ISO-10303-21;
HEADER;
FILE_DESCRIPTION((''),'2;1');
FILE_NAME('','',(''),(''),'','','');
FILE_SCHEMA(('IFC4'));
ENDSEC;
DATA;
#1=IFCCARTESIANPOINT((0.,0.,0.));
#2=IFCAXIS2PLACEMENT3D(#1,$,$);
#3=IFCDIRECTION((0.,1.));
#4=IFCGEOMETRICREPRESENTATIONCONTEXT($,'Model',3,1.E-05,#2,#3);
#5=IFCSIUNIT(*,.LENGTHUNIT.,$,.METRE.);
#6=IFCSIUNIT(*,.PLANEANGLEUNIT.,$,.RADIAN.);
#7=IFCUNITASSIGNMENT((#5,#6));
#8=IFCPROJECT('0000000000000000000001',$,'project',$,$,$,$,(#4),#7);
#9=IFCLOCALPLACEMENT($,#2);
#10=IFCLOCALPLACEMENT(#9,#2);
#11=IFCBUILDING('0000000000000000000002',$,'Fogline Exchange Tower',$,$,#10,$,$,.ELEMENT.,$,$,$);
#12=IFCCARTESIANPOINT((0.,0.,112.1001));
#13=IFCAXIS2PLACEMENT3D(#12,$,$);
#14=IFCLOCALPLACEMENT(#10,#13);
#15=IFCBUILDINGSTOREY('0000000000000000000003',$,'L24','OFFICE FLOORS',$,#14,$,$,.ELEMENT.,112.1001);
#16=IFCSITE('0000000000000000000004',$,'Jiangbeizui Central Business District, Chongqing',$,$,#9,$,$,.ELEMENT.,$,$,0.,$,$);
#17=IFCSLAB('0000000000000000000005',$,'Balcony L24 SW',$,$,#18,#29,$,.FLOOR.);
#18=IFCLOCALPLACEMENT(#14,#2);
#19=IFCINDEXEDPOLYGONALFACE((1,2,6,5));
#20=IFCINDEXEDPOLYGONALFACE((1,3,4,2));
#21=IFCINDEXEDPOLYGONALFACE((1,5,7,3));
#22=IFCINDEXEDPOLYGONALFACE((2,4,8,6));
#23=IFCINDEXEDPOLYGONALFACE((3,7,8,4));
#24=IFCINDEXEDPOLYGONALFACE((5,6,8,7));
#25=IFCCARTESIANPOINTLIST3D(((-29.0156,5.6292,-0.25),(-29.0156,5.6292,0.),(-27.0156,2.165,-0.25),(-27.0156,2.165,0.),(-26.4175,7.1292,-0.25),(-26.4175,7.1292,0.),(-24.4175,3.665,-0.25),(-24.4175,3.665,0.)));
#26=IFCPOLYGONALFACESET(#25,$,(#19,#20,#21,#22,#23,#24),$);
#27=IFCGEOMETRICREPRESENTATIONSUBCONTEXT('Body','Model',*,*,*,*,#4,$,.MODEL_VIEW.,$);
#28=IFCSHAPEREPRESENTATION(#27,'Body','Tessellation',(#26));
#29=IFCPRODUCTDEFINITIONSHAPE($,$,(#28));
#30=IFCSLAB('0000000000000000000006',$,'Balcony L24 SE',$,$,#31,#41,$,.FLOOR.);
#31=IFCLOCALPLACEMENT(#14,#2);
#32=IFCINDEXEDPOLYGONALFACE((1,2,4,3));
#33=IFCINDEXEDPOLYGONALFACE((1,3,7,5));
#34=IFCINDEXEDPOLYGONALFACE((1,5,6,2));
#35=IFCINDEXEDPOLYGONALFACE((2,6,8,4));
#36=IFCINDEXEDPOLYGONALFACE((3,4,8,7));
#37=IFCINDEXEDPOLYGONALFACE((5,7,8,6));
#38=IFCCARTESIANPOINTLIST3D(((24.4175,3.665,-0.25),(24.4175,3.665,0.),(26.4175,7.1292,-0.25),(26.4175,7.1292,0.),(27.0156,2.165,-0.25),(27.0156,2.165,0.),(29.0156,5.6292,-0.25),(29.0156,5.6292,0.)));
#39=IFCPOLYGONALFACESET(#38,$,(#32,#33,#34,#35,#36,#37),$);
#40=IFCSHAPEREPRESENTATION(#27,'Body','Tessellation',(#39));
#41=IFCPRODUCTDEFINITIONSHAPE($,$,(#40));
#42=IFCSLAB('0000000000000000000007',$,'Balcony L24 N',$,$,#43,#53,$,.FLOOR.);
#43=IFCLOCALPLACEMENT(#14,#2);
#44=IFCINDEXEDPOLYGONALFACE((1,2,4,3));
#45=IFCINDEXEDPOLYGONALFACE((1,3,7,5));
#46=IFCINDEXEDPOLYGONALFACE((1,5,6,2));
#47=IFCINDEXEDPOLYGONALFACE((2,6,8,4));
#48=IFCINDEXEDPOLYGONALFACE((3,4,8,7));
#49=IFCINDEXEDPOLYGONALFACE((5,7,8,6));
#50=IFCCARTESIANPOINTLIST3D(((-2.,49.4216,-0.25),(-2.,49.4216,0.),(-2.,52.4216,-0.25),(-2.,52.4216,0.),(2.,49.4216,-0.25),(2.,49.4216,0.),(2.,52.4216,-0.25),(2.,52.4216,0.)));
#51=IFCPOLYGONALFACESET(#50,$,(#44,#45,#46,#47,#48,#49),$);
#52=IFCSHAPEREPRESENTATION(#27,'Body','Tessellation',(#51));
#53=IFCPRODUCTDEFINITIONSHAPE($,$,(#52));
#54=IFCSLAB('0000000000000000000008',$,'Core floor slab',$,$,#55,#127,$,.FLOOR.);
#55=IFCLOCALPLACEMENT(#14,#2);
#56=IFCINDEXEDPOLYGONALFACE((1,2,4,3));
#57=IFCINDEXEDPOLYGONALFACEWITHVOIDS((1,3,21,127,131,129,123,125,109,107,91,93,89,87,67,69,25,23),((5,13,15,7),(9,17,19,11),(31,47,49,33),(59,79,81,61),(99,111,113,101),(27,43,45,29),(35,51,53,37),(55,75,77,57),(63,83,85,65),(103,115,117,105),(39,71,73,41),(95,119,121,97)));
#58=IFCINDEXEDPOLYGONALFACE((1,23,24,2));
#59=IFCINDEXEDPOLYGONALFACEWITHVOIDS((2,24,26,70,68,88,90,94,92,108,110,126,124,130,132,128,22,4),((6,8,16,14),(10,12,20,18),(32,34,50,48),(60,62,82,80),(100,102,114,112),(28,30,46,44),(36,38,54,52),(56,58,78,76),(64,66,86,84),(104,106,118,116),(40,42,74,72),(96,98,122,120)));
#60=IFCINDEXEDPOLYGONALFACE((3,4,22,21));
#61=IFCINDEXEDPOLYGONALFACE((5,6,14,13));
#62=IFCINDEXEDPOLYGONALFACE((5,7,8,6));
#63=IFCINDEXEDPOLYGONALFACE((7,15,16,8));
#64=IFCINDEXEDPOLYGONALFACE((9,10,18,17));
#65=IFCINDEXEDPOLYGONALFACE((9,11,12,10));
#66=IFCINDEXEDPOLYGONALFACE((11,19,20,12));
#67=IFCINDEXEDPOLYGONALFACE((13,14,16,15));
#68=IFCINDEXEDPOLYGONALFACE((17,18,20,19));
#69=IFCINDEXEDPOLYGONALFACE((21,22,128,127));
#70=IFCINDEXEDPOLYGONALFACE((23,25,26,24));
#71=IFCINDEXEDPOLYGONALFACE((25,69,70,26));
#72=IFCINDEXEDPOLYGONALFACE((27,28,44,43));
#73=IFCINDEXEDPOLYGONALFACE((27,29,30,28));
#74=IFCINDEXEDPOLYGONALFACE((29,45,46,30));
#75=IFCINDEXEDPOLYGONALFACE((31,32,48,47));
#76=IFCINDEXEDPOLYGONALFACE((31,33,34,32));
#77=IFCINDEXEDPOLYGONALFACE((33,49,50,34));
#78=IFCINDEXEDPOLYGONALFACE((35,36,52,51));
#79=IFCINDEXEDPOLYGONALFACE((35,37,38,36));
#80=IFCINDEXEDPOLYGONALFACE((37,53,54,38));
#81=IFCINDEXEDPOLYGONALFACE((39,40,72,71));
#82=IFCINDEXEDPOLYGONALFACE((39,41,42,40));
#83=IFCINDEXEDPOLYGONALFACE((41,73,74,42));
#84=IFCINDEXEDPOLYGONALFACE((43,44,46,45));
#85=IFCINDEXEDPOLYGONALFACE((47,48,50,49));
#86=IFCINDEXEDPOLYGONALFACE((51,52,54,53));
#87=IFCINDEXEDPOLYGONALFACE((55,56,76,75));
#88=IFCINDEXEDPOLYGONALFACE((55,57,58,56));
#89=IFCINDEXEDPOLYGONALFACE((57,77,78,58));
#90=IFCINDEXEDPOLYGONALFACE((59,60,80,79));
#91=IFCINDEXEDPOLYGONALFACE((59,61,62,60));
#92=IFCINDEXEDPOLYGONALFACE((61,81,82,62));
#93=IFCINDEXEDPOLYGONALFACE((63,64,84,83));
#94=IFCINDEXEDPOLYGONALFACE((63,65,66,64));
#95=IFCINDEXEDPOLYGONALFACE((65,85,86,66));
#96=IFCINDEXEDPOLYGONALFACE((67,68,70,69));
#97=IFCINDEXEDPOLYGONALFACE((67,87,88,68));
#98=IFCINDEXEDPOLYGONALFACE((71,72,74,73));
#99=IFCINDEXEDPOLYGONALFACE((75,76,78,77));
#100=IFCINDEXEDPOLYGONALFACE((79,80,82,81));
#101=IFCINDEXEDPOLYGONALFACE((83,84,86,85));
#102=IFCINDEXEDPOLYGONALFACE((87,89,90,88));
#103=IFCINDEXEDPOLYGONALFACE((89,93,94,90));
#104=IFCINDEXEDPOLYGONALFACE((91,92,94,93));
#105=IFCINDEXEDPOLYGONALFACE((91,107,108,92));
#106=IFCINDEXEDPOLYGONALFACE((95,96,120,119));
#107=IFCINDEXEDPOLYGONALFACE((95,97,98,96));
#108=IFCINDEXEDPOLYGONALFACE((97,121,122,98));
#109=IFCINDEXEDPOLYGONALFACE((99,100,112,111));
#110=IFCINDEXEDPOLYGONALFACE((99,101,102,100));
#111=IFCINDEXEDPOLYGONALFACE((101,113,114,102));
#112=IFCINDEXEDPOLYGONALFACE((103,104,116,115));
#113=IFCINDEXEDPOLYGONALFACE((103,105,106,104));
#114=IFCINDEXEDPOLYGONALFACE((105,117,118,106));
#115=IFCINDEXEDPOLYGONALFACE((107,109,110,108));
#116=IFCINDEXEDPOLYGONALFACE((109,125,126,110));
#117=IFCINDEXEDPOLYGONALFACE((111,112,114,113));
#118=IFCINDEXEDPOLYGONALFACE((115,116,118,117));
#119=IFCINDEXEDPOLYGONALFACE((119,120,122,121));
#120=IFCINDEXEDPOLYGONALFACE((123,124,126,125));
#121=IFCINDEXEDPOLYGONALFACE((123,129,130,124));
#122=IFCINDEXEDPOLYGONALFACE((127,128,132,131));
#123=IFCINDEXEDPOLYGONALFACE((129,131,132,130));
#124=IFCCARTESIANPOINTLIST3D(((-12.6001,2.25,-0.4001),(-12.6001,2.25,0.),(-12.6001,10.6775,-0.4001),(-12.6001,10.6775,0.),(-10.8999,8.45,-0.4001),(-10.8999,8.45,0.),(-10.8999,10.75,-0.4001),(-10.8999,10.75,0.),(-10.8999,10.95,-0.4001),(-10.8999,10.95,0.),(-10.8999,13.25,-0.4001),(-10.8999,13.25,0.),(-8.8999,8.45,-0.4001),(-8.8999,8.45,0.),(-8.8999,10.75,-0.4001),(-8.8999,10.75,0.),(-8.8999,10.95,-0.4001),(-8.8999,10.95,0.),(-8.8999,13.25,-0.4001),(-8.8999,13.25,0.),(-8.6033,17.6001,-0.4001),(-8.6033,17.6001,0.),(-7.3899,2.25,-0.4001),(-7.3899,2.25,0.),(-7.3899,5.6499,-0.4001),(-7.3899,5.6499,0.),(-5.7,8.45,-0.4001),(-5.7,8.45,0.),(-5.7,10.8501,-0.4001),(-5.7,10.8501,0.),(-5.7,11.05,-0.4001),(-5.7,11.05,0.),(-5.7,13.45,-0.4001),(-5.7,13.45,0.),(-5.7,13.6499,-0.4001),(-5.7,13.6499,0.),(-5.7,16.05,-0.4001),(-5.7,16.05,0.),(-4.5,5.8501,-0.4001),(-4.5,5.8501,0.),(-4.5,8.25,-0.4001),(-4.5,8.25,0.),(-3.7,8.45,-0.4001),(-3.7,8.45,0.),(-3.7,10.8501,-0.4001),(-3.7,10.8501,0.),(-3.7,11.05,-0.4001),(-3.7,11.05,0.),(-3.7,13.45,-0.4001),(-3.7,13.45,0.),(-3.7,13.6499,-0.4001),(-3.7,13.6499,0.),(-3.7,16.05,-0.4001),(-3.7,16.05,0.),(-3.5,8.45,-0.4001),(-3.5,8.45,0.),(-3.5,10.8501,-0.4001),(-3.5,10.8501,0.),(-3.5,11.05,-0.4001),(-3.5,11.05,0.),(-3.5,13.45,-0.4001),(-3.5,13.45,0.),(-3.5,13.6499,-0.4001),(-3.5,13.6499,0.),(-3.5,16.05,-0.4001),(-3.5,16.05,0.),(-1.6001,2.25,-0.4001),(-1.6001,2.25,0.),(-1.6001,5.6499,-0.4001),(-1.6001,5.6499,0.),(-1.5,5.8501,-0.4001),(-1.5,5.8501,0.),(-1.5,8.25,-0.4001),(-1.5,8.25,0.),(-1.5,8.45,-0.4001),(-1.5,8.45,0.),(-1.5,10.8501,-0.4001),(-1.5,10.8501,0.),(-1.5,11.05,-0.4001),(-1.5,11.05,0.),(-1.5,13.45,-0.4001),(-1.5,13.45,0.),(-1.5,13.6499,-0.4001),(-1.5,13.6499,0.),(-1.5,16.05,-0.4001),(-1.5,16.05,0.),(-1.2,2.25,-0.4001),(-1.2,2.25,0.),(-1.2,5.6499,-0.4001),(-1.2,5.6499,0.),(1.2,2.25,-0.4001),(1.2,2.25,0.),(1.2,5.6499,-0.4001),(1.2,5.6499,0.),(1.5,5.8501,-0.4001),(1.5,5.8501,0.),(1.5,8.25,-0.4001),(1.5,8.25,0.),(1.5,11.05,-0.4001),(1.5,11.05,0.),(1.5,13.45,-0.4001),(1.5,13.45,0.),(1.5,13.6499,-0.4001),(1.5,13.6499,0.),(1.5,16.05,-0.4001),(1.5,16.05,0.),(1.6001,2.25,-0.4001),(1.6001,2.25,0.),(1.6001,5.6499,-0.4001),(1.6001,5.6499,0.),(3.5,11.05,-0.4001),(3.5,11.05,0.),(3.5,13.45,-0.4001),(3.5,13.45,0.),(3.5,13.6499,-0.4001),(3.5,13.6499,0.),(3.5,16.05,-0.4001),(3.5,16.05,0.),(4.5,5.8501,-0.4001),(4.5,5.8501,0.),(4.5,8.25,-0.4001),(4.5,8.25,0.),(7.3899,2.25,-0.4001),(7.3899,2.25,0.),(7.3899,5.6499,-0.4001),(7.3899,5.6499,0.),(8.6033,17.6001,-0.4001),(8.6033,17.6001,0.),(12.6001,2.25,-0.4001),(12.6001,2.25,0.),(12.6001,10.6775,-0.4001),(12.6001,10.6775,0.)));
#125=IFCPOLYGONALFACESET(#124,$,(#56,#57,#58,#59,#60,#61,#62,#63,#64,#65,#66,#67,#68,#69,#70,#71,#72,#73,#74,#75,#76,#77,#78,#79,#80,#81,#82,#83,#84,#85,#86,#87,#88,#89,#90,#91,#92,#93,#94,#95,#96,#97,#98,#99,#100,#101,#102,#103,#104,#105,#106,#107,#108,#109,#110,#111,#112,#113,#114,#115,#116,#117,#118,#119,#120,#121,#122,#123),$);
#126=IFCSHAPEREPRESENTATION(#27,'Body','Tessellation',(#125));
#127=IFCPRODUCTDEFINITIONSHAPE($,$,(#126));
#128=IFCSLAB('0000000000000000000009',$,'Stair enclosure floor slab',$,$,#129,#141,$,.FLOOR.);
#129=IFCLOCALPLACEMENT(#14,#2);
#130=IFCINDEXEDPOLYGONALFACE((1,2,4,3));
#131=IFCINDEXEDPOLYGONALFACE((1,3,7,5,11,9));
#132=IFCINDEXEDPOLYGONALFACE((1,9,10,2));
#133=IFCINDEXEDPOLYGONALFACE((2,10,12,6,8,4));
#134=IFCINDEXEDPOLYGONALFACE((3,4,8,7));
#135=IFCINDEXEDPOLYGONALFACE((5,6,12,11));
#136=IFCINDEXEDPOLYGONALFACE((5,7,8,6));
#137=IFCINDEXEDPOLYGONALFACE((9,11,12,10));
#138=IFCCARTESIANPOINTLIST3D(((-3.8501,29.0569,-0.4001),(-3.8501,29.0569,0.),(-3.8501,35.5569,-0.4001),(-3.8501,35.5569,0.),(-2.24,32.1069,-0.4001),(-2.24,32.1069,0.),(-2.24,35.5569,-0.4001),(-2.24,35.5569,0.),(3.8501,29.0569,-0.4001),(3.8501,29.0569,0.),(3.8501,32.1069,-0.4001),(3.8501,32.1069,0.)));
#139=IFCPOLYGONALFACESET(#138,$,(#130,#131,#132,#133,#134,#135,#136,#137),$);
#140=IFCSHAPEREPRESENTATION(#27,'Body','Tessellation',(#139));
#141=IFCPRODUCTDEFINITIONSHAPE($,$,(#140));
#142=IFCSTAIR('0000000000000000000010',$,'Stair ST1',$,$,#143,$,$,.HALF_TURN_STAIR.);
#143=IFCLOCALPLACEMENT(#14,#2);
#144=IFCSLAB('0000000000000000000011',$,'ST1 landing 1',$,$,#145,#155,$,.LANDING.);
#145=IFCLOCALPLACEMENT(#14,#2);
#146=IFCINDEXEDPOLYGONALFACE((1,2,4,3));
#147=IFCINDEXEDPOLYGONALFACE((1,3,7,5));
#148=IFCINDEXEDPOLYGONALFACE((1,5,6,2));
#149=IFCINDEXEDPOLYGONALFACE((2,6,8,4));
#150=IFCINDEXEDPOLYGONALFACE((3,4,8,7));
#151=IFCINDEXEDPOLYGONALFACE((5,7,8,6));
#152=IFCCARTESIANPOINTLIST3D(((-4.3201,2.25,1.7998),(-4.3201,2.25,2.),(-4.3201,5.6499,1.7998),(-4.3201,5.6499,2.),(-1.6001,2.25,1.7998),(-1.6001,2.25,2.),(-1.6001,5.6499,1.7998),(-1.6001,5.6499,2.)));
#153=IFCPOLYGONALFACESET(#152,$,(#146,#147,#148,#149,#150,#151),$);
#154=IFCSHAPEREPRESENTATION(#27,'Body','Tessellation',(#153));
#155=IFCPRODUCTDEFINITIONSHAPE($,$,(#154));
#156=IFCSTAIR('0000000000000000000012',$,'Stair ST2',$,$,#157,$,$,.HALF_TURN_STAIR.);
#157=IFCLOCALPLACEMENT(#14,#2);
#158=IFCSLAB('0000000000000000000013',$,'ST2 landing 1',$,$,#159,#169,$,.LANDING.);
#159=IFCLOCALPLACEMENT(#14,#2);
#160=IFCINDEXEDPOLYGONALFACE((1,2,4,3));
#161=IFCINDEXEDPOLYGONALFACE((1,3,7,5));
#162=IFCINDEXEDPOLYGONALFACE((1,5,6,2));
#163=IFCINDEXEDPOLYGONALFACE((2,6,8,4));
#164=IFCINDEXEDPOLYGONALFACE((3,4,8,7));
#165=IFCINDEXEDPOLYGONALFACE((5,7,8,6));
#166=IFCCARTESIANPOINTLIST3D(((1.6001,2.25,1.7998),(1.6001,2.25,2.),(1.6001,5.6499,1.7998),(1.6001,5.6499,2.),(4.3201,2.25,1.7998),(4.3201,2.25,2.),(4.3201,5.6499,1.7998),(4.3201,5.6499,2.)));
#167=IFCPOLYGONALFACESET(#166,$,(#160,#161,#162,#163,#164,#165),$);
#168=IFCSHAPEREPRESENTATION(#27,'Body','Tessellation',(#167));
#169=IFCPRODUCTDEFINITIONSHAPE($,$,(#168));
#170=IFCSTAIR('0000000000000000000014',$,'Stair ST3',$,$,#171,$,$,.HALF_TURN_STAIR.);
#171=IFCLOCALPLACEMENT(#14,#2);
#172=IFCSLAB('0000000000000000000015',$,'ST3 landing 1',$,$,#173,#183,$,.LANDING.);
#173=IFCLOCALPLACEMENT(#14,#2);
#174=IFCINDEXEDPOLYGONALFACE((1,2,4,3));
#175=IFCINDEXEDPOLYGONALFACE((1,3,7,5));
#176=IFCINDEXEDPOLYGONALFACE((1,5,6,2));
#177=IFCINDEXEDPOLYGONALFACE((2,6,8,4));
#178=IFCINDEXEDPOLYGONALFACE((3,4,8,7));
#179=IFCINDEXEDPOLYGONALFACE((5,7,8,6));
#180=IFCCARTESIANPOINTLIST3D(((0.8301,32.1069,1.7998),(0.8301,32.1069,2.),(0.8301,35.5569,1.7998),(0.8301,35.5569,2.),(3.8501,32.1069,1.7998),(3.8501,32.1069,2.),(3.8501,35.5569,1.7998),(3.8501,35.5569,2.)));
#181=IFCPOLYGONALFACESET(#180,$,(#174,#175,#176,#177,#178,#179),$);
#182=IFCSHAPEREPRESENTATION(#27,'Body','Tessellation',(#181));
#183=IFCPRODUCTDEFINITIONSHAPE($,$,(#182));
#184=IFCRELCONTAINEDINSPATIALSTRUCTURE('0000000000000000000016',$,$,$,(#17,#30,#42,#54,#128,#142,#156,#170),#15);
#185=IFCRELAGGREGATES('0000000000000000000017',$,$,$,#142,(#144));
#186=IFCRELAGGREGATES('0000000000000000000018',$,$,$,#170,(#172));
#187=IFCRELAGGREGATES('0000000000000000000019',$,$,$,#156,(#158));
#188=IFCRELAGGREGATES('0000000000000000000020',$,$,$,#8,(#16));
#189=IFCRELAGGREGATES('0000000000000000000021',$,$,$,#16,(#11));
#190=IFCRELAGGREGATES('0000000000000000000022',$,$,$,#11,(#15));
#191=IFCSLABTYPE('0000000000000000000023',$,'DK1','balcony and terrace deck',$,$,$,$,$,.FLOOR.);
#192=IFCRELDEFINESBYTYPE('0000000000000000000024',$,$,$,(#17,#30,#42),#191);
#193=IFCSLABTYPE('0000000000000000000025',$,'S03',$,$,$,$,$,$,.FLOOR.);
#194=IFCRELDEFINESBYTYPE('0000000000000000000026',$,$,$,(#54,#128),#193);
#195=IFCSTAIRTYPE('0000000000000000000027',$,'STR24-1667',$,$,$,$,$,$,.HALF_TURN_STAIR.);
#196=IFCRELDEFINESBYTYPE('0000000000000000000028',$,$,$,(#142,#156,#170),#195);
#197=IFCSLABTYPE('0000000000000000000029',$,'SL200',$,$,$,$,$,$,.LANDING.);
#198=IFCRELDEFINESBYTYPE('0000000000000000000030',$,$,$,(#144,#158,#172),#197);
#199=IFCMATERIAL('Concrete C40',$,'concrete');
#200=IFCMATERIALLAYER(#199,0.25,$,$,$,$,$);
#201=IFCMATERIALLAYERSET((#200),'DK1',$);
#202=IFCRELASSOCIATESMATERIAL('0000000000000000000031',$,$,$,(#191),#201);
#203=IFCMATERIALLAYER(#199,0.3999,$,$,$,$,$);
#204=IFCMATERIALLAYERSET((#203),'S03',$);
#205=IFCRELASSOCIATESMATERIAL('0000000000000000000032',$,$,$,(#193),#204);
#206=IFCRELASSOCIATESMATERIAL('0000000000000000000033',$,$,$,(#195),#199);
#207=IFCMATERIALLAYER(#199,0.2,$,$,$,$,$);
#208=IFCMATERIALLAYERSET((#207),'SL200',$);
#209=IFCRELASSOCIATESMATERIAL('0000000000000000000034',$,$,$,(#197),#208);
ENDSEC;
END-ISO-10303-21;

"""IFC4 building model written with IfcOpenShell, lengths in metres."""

from ifc_helpers import new_model, si_unit, direction, frame, origin, place, context, subcontext, project, spatial, polyline, outline, extrude, material, layer, layer_set, type_object, element, aggregate, save


model = new_model("IFC4")

# Units and contexts
model_context = context("Model", 3, precision=1e-05, world=origin(), true_north=direction((0.0, 1.0)))
body_context = subcontext(model_context, "Body", "Model", "MODEL_VIEW")
ifc_project = project(units=[si_unit("LENGTHUNIT", "METRE"), si_unit("PLANEANGLEUNIT", "RADIAN")], contexts=[model_context])

# Site, building, storey
site_placement = place(None, origin())
site = spatial("IfcSite", under=ifc_project, at=site_placement, Name="Jiangbeizui Central Business District, Chongqing", CompositionType="ELEMENT", RefElevation=0.0)
building_placement = place(site_placement, origin())
building = spatial("IfcBuilding", under=site, at=building_placement, Name="Fogline Exchange Tower", CompositionType="ELEMENT")
storey_placement = place(building_placement, frame((0.0, 0.0, 112.1001)))
storey = spatial("IfcBuildingStorey", under=building, at=storey_placement, Name="L24", Description="OFFICE FLOORS", CompositionType="ELEMENT", Elevation=112.1001)

# Slabs
ifc_material_1 = material(Name="Concrete C40", Category="concrete")
ifc_layer_1 = layer(ifc_material_1, 0.25)
ifc_layer_set_1 = layer_set([ifc_layer_1], Name="DK1")
slab_type_1 = type_object("IfcSlabType", Name="DK1", Description="balcony and terrace deck", PredefinedType="FLOOR", material=ifc_layer_set_1)
slab_1_placement = place(storey_placement, frame((0.0, 0.0, -0.25)))
element("IfcSlab", 1, at=slab_1_placement, inside=storey, type_object=slab_type_1, Name="Balcony L24 SW", PredefinedType="FLOOR", context=body_context, shape_type="SweptSolid", body=[
    extrude(outline(polyline([(-29.0156, 5.6292), (-27.0156, 2.165), (-24.4175, 3.665), (-26.4175, 7.1292), (-29.0156, 5.6292)])), origin(), (0.0, 0.0, 1.0), 0.25),
])
slab_2_placement = place(storey_placement, frame((0.0, 0.0, -0.25)))
element("IfcSlab", 2, at=slab_2_placement, inside=storey, type_object=slab_type_1, Name="Balcony L24 SE", PredefinedType="FLOOR", context=body_context, shape_type="SweptSolid", body=[
    extrude(outline(polyline([(27.0156, 2.165), (29.0156, 5.6292), (26.4175, 7.1292), (24.4175, 3.665), (27.0156, 2.165)])), origin(), (0.0, 0.0, 1.0), 0.25),
])
slab_3_placement = place(storey_placement, frame((0.0, 0.0, -0.25)))
element("IfcSlab", 3, at=slab_3_placement, inside=storey, type_object=slab_type_1, Name="Balcony L24 N", PredefinedType="FLOOR", context=body_context, shape_type="SweptSolid", body=[
    extrude(outline(polyline([(2.0, 52.4216), (-2.0, 52.4216), (-2.0, 49.4216), (2.0, 49.4216), (2.0, 52.4216)])), origin(), (0.0, 0.0, 1.0), 0.25),
])
ifc_layer_2 = layer(ifc_material_1, 0.3999)
ifc_layer_set_2 = layer_set([ifc_layer_2], Name="S03")
slab_type_2 = type_object("IfcSlabType", Name="S03", PredefinedType="FLOOR", material=ifc_layer_set_2)
slab_4_placement = place(storey_placement, frame((0.0, 0.0, -0.4001)))
element("IfcSlab", 4, at=slab_4_placement, inside=storey, type_object=slab_type_2, Name="Core floor slab", PredefinedType="FLOOR", context=body_context, shape_type="SweptSolid", body=[
    extrude(outline(polyline([(-12.6001, 2.25), (-12.6001, 10.6775), (-8.6033, 17.6001), (8.6033, 17.6001), (12.6001, 10.6775), (12.6001, 2.25), (7.3899, 2.25), (7.3899, 5.6499), (1.6001, 5.6499), (1.6001, 2.25), (1.2, 2.25), (1.2, 5.6499), (-1.2, 5.6499), (-1.2, 2.25), (-1.6001, 2.25), (-1.6001, 5.6499), (-7.3899, 5.6499), (-7.3899, 2.25), (-12.6001, 2.25)]), holes=[polyline([(-1.5, 8.25), (-4.5, 8.25), (-4.5, 5.8501), (-1.5, 5.8501), (-1.5, 8.25)]), polyline([(-8.8999, 10.75), (-10.8999, 10.75), (-10.8999, 8.45), (-8.8999, 8.45), (-8.8999, 10.75)]), polyline([(-3.7, 10.8501), (-5.7, 10.8501), (-5.7, 8.45), (-3.7, 8.45), (-3.7, 10.8501)]), polyline([(-1.5, 10.8501), (-3.5, 10.8501), (-3.5, 8.45), (-1.5, 8.45), (-1.5, 10.8501)]), polyline([(-8.8999, 13.25), (-10.8999, 13.25), (-10.8999, 10.95), (-8.8999, 10.95), (-8.8999, 13.25)]), polyline([(-3.7, 13.45), (-5.7, 13.45), (-5.7, 11.05), (-3.7, 11.05), (-3.7, 13.45)]), polyline([(-3.7, 16.05), (-5.7, 16.05), (-5.7, 13.6499), (-3.7, 13.6499), (-3.7, 16.05)]), polyline([(4.5, 8.25), (1.5, 8.25), (1.5, 5.8501), (4.5, 5.8501), (4.5, 8.25)]), polyline([(-1.5, 13.45), (-3.5, 13.45), (-3.5, 11.05), (-1.5, 11.05), (-1.5, 13.45)]), polyline([(3.5, 13.45), (1.5, 13.45), (1.5, 11.05), (3.5, 11.05), (3.5, 13.45)]), polyline([(-1.5, 16.05), (-3.5, 16.05), (-3.5, 13.6499), (-1.5, 13.6499), (-1.5, 16.05)]), polyline([(3.5, 16.05), (1.5, 16.05), (1.5, 13.6499), (3.5, 13.6499), (3.5, 16.05)])]), origin(), (0.0, 0.0, 1.0), 0.4001),
])
slab_5_placement = place(storey_placement, frame((0.0, 0.0, -0.4001)))
element("IfcSlab", 5, at=slab_5_placement, inside=storey, type_object=slab_type_2, Name="Stair enclosure floor slab", PredefinedType="FLOOR", context=body_context, shape_type="SweptSolid", body=[
    extrude(outline(polyline([(3.8501, 29.0569), (-3.8501, 29.0569), (-3.8501, 35.5569), (-2.24, 35.5569), (-2.24, 32.1069), (3.8501, 32.1069), (3.8501, 29.0569)])), origin(), (0.0, 0.0, 1.0), 0.4001),
])

# Stairs, slabs
stair_type = type_object("IfcStairType", Name="STR24-1667", PredefinedType="HALF_TURN_STAIR", material=ifc_material_1)
stair_1_placement = place(storey_placement, origin())
stair_1 = element("IfcStair", 6, at=stair_1_placement, inside=storey, type_object=stair_type, Name="Stair ST1", PredefinedType="HALF_TURN_STAIR")
ifc_layer_3 = layer(ifc_material_1, 0.2)
ifc_layer_set_3 = layer_set([ifc_layer_3], Name="SL200")
slab_type_3 = type_object("IfcSlabType", Name="SL200", PredefinedType="LANDING", material=ifc_layer_set_3)
slab_6_placement = place(storey_placement, frame((0.0, 0.0, 1.7998)))
slab_6 = element("IfcSlab", 7, at=slab_6_placement, type_object=slab_type_3, Name="ST1 landing 1", PredefinedType="LANDING", context=body_context, shape_type="SweptSolid", body=[
    extrude(outline(polyline([(-4.3201, 2.25), (-1.6001, 2.25), (-1.6001, 5.6499), (-4.3201, 5.6499), (-4.3201, 2.25)])), origin(), (0.0, 0.0, 1.0), 0.2002),
])
aggregate(stair_1, [slab_6])
stair_2_placement = place(storey_placement, origin())
stair_2 = element("IfcStair", 8, at=stair_2_placement, inside=storey, type_object=stair_type, Name="Stair ST2", PredefinedType="HALF_TURN_STAIR")
slab_7_placement = place(storey_placement, frame((0.0, 0.0, 1.7998)))
slab_7 = element("IfcSlab", 9, at=slab_7_placement, type_object=slab_type_3, Name="ST2 landing 1", PredefinedType="LANDING", context=body_context, shape_type="SweptSolid", body=[
    extrude(outline(polyline([(1.6001, 2.25), (4.3201, 2.25), (4.3201, 5.6499), (1.6001, 5.6499), (1.6001, 2.25)])), origin(), (0.0, 0.0, 1.0), 0.2002),
])
stair_3_placement = place(storey_placement, origin())
stair_3 = element("IfcStair", 10, at=stair_3_placement, inside=storey, type_object=stair_type, Name="Stair ST3", PredefinedType="HALF_TURN_STAIR")
slab_8_placement = place(storey_placement, frame((0.0, 0.0, 1.7998)))
slab_8 = element("IfcSlab", 11, at=slab_8_placement, type_object=slab_type_3, Name="ST3 landing 1", PredefinedType="LANDING", context=body_context, shape_type="SweptSolid", body=[
    extrude(outline(polyline([(0.8301, 32.1069), (3.8501, 32.1069), (3.8501, 35.5569), (0.8301, 35.5569), (0.8301, 32.1069)])), origin(), (0.0, 0.0, 1.0), 0.2002),
])
aggregate(stair_3, [slab_8])

aggregate(stair_2, [slab_7])

save(model, "model.ifc")
